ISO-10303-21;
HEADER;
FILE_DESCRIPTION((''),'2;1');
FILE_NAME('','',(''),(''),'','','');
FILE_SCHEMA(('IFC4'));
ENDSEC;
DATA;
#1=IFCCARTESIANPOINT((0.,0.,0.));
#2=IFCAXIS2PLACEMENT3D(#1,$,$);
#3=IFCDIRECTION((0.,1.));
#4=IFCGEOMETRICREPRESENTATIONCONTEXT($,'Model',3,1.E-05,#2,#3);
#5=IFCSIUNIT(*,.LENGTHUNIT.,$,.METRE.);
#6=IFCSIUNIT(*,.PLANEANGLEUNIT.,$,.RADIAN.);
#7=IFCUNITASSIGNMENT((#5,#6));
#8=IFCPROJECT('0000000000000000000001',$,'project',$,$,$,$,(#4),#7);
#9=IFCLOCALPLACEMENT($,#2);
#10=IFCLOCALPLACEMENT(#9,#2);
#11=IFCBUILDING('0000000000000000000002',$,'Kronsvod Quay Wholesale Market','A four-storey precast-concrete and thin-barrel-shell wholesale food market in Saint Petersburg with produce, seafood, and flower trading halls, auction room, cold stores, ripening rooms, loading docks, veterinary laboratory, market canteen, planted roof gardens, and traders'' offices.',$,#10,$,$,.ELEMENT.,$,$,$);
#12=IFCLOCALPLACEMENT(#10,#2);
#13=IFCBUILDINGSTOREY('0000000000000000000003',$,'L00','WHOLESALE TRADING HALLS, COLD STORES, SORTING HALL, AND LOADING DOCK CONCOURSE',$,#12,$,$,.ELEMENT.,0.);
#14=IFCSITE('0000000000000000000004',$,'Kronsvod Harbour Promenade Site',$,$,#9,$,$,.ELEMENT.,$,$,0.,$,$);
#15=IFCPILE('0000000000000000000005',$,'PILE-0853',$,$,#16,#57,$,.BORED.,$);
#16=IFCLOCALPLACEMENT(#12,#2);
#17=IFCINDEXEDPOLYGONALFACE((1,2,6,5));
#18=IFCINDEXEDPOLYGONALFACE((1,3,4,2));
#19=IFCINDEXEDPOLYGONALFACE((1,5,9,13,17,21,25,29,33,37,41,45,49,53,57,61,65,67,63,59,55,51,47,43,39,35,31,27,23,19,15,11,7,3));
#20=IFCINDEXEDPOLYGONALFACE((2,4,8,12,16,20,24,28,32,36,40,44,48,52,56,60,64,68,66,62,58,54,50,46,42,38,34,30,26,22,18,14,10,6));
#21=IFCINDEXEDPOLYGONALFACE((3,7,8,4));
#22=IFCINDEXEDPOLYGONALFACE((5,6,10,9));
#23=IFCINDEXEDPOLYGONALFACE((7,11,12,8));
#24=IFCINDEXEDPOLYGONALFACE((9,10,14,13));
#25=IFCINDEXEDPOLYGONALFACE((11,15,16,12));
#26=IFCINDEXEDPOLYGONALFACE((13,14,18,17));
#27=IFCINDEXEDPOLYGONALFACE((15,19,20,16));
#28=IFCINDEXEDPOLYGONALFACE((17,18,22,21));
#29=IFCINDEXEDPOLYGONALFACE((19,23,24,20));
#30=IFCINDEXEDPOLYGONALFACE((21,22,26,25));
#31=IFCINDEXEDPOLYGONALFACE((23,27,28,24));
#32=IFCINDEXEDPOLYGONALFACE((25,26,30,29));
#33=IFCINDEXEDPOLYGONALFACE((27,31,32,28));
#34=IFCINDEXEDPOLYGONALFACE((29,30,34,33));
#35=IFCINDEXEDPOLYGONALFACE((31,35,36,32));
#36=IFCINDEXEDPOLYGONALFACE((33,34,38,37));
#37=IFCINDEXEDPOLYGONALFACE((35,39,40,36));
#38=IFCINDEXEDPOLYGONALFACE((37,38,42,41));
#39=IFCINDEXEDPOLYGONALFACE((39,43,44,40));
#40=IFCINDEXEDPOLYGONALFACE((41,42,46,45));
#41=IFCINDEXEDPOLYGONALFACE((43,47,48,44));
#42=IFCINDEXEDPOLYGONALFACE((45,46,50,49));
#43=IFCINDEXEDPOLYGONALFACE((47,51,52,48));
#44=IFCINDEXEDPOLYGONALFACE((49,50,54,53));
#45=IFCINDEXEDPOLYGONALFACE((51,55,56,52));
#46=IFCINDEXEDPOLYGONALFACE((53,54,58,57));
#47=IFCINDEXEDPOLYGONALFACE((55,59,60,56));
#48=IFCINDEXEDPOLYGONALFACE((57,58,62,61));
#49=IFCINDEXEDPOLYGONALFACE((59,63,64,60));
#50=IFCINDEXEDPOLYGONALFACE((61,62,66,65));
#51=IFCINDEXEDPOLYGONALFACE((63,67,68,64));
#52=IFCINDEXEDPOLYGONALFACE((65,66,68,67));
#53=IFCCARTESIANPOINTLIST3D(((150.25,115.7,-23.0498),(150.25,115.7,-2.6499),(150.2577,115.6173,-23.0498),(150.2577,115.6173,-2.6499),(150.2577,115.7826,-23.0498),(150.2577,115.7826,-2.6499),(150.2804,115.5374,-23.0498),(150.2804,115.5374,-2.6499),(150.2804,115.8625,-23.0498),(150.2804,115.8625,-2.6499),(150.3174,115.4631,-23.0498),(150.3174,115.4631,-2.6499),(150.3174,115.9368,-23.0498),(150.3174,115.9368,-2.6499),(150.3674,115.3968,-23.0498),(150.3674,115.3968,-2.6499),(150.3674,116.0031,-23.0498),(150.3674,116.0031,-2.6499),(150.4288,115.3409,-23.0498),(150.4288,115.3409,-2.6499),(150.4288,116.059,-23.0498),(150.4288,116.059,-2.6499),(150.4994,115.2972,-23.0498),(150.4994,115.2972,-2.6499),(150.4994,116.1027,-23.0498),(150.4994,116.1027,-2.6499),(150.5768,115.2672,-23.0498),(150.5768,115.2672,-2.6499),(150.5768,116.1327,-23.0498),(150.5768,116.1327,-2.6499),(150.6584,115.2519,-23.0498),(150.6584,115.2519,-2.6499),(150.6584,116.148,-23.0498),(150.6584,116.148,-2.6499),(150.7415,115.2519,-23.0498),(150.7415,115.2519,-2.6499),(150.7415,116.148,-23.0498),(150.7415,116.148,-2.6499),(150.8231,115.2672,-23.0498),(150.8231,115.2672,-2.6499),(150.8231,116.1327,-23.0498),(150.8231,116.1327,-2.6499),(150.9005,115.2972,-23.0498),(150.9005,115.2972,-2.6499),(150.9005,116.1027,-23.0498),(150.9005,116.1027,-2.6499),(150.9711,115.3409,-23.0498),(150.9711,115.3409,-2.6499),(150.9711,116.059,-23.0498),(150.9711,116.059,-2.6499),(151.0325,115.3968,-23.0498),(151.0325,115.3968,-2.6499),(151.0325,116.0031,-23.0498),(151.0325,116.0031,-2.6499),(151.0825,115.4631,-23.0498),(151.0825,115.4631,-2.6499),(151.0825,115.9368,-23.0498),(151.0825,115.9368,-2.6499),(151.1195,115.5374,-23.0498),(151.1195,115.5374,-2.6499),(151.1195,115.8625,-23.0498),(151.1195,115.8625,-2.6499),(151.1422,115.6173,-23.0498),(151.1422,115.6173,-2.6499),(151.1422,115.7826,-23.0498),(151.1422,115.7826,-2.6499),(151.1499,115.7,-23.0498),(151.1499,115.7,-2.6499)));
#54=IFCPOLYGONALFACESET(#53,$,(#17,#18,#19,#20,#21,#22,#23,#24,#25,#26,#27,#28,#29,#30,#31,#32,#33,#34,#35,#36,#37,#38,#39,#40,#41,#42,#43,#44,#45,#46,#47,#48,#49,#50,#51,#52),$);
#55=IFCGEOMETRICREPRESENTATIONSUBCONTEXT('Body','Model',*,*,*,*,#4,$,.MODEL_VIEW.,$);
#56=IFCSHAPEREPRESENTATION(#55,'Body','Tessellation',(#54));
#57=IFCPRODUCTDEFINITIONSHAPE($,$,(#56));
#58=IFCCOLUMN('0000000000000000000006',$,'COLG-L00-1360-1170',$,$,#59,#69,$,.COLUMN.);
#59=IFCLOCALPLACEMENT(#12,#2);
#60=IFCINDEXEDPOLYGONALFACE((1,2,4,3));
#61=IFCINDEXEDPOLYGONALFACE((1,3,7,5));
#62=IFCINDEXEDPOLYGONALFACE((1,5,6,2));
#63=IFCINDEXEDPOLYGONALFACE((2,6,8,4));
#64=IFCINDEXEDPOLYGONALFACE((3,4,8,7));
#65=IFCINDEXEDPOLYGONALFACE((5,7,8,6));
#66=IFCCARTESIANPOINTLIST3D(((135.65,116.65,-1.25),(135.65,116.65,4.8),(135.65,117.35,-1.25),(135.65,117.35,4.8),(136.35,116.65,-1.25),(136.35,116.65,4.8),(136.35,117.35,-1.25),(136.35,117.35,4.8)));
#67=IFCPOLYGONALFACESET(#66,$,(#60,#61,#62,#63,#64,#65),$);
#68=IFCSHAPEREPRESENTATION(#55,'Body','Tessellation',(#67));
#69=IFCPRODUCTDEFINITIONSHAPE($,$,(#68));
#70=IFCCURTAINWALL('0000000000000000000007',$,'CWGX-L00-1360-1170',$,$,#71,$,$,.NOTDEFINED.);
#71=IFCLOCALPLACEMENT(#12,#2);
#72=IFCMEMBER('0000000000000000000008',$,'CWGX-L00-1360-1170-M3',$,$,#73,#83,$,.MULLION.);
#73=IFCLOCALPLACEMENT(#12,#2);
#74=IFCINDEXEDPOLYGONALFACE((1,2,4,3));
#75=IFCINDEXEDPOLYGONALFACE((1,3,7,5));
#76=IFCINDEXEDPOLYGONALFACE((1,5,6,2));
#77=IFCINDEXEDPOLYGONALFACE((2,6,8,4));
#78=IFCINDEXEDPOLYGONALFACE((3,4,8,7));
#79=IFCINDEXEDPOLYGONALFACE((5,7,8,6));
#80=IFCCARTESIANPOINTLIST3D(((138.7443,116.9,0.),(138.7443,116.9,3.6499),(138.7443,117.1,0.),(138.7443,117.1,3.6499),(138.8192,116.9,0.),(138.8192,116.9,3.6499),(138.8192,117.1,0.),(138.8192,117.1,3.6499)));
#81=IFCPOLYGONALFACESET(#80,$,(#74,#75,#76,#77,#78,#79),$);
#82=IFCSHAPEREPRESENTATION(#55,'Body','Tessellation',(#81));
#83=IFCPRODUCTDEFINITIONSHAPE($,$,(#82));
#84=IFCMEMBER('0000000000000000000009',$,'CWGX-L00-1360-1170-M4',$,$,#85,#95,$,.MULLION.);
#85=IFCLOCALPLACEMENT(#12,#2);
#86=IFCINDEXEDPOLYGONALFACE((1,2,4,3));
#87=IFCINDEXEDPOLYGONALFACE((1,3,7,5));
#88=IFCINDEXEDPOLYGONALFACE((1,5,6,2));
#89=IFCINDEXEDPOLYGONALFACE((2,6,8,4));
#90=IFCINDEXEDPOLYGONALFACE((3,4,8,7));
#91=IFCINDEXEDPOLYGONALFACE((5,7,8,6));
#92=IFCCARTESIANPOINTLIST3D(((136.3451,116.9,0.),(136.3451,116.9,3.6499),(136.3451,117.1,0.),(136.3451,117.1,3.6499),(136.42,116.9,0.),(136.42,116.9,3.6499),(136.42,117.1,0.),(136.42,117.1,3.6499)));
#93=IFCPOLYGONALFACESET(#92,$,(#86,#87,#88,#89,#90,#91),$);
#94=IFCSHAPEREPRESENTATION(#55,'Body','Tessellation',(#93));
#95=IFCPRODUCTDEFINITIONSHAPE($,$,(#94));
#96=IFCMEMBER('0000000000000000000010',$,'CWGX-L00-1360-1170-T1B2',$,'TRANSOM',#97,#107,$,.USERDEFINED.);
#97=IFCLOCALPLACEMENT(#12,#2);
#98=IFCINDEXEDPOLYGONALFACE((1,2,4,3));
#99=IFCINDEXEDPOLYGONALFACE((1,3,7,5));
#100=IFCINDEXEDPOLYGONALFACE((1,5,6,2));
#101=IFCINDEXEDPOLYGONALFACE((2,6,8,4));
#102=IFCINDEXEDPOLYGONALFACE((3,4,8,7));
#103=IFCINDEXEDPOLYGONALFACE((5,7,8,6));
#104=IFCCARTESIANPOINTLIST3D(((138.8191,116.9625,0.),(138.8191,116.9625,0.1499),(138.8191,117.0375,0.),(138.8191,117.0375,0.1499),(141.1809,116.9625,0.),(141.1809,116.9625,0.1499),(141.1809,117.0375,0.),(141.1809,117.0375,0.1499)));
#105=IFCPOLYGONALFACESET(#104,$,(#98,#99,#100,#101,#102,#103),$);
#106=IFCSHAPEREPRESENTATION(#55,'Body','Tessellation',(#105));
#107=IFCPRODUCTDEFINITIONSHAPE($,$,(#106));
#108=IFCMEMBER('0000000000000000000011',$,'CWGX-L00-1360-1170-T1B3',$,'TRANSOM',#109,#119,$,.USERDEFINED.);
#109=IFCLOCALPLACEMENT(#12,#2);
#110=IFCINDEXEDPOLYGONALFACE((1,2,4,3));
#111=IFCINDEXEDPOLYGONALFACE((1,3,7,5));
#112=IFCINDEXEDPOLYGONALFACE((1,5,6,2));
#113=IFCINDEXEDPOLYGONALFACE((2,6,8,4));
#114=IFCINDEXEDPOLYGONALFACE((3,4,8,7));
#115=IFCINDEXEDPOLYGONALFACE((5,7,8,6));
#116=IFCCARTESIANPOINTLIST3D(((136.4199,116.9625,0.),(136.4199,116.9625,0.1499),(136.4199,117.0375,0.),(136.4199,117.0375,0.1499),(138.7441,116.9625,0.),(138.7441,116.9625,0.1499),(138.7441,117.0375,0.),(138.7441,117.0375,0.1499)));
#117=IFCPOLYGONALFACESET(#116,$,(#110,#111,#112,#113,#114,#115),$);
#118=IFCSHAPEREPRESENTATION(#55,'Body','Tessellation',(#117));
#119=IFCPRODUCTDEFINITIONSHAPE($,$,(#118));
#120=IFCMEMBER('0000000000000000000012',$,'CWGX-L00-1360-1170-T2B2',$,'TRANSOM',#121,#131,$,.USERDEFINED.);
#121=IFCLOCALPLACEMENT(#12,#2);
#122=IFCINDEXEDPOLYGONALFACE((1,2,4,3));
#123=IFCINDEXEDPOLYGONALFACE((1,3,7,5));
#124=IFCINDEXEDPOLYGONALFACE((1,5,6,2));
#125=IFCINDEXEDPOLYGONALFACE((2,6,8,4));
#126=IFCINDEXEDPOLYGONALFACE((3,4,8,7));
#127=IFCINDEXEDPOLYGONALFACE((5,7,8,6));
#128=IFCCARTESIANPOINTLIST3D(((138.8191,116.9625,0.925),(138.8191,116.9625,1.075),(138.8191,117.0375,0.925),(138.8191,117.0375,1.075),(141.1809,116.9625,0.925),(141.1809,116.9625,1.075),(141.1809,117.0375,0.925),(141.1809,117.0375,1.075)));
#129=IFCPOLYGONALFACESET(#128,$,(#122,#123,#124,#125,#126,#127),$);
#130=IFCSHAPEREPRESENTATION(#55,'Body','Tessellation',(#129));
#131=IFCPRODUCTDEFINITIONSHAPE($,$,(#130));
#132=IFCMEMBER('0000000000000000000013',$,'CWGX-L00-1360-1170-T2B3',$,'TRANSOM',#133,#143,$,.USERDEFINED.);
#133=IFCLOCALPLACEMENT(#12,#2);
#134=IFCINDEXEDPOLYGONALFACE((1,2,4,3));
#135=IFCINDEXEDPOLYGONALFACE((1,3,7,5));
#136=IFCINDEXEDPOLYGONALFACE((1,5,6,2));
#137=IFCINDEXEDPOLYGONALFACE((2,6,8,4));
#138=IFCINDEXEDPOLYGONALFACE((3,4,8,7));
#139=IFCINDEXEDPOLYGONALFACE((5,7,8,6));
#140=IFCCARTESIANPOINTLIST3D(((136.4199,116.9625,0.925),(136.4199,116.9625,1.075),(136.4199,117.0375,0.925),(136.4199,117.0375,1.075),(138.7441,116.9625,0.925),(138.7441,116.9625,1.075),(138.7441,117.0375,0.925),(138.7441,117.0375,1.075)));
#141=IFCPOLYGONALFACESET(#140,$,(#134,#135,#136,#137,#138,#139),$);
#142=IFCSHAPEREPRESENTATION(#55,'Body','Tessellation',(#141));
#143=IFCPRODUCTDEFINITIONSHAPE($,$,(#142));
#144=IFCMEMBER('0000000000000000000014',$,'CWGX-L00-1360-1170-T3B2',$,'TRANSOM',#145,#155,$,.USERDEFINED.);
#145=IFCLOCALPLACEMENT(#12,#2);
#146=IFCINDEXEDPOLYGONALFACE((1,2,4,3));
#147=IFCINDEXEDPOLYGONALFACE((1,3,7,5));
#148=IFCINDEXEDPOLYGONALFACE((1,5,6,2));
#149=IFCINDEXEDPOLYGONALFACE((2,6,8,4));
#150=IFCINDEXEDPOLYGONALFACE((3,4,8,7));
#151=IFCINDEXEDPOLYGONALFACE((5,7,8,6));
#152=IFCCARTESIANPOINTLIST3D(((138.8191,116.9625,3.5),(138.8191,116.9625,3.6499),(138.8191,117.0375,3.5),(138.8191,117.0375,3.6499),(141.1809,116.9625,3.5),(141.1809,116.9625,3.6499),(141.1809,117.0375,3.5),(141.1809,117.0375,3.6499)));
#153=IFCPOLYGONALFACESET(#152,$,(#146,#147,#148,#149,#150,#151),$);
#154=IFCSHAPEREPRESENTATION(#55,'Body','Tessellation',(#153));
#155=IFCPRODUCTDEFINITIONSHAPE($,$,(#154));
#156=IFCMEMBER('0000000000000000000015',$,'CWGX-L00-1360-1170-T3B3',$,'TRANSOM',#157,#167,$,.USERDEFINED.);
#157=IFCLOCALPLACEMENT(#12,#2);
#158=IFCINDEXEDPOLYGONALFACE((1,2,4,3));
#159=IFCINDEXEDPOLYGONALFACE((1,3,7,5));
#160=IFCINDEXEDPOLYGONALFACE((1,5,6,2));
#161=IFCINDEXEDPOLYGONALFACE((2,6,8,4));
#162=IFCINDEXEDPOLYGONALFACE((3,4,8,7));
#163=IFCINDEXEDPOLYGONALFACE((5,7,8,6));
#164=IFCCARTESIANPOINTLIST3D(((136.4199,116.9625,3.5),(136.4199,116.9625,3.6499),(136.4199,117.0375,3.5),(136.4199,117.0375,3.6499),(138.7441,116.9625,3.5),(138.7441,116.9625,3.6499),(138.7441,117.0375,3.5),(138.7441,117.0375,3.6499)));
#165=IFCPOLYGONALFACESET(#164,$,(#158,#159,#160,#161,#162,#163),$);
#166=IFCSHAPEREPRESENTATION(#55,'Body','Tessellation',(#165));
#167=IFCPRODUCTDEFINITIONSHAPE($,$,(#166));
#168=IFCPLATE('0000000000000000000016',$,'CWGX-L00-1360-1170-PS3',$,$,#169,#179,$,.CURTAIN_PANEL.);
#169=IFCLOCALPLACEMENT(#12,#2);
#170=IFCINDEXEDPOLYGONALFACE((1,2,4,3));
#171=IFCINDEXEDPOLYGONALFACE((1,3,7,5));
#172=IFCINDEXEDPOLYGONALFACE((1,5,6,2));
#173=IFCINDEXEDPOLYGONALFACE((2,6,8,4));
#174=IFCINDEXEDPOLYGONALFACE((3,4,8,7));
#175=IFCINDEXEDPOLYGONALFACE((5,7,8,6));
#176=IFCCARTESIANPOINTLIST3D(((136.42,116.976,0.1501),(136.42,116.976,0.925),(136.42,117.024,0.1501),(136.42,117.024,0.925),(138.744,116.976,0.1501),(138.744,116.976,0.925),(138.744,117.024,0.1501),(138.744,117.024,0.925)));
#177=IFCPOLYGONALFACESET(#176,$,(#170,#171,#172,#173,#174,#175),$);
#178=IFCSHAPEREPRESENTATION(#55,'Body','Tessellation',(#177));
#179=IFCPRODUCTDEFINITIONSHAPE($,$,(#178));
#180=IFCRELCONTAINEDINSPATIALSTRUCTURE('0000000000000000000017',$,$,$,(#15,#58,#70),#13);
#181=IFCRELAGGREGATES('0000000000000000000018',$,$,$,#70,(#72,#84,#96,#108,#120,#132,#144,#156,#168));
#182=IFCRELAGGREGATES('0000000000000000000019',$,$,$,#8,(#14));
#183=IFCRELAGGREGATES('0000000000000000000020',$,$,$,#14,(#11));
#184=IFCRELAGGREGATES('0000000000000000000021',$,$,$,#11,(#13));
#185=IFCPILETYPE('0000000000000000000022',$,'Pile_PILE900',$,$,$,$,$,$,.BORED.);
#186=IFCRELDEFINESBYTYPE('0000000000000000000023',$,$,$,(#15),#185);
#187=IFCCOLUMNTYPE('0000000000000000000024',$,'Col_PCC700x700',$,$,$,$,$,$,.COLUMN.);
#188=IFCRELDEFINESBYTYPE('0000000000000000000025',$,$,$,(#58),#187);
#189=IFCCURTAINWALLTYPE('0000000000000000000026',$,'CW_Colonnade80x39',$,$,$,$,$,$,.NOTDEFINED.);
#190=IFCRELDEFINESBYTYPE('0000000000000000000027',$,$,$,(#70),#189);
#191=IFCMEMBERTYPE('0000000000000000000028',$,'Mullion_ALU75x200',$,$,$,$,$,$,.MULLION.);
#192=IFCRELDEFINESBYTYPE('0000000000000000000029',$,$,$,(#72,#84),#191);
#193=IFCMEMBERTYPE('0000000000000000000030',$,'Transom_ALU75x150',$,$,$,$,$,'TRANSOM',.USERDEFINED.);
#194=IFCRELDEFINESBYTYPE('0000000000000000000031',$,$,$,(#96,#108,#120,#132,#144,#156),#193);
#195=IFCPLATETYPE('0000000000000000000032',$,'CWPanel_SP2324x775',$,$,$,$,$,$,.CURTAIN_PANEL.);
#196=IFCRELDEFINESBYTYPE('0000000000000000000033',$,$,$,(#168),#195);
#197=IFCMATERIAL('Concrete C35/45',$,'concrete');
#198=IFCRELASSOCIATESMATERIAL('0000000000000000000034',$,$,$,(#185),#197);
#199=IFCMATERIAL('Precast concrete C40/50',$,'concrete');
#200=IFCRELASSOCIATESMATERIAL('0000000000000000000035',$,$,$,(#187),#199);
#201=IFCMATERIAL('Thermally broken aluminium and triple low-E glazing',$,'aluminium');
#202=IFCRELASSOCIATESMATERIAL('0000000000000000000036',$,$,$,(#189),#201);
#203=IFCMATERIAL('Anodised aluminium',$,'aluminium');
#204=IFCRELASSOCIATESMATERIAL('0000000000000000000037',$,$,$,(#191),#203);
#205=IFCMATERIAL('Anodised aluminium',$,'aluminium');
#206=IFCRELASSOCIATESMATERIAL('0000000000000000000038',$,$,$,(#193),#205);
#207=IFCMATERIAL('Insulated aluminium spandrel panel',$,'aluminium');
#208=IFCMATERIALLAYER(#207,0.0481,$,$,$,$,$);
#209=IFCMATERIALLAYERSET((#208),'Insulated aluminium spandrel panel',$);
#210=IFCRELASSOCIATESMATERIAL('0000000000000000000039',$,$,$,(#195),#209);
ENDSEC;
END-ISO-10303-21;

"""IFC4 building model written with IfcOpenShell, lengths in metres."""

from ifc_helpers import new_model, si_unit, direction, frame, origin, origin_2d, place, context, subcontext, project, spatial, rectangle, circle, extrude, material, layer, layer_set, material_profile, profile_set, type_object, element, aggregate, save


model = new_model("IFC4")

# Units and contexts
model_context = context("Model", 3, precision=1e-05, world=origin(), true_north=direction((0.0, 1.0)))
body_context = subcontext(model_context, "Body", "Model", "MODEL_VIEW")
ifc_project = project(units=[si_unit("LENGTHUNIT", "METRE"), si_unit("PLANEANGLEUNIT", "RADIAN")], contexts=[model_context])

# Site, building, storey
site_placement = place(None, origin())
site = spatial("IfcSite", under=ifc_project, at=site_placement, Name="Kronsvod Harbour Promenade Site", CompositionType="ELEMENT", RefElevation=0.0)
building_placement = place(site_placement, origin())
building = spatial("IfcBuilding", under=site, at=building_placement, Name="Kronsvod Quay Wholesale Market", Description="A four-storey precast-concrete and thin-barrel-shell wholesale food market in Saint Petersburg with produce, seafood, and flower trading halls, auction room, cold stores, ripening rooms, loading docks, veterinary laboratory, market canteen, planted roof gardens, and traders' offices.", CompositionType="ELEMENT")
storey_placement = place(building_placement, origin())
storey = spatial("IfcBuildingStorey", under=building, at=storey_placement, Name="L00", Description="WHOLESALE TRADING HALLS, COLD STORES, SORTING HALL, AND LOADING DOCK CONCOURSE", CompositionType="ELEMENT", Elevation=0.0)

# Pile
ifc_material_1 = material(Name="Concrete C35/45", Category="concrete")
ifc_material_profile_1 = material_profile(ifc_material_1, circle(Radius=0.45, at=origin_2d()), Name="PILE900")
ifc_profile_set_1 = profile_set([ifc_material_profile_1], Name="Concrete C35/45")
pile_type = type_object("IfcPileType", Name="Pile_PILE900", PredefinedType="BORED", material=ifc_profile_set_1)
for number, where, z_axis, x_axis, name in (
    (1, (150.7, 115.7, -2.6499), (0.0, 0.0, -1.0), (1.0, 0.0, 0.0), "PILE-0853"),
):
    element("IfcPile", number, at=place(storey_placement, frame(where, z_axis=z_axis, x_axis=x_axis)), inside=storey, type_object=pile_type, Name=name, PredefinedType="BORED", context=body_context, shape_type="SweptSolid", body=[
        extrude(circle(Radius=0.45, at=origin_2d()), origin(), (0.0, 0.0, 1.0), 20.3999),
    ])

# Column
ifc_material_2 = material(Name="Precast concrete C40/50", Category="concrete")
ifc_material_profile_2 = material_profile(ifc_material_2, rectangle(XDim=0.7, YDim=0.7, at=origin_2d()), Name="PCC700x700")
ifc_profile_set_2 = profile_set([ifc_material_profile_2], Name="Precast concrete C40/50")
column_type = type_object("IfcColumnType", Name="Col_PCC700x700", PredefinedType="COLUMN", material=ifc_profile_set_2)
column_placement = place(storey_placement, frame((136.0, 117.0, -1.25), z_axis=(0.0, 0.0, 1.0), x_axis=(1.0, 0.0, 0.0)))
element("IfcColumn", 2, at=column_placement, inside=storey, type_object=column_type, Name="COLG-L00-1360-1170", PredefinedType="COLUMN", context=body_context, shape_type="SweptSolid", body=[
    extrude(rectangle(XDim=0.7, YDim=0.7, at=origin_2d()), origin(), (0.0, 0.0, 1.0), 6.05),
])

# Curtain wall, members, plate
ifc_material_3 = material(Name="Thermally broken aluminium and triple low-E glazing", Category="aluminium")
curtain_wall_type = type_object("IfcCurtainWallType", Name="CW_Colonnade80x39", PredefinedType="NOTDEFINED", material=ifc_material_3)
curtain_wall_placement = place(storey_placement, origin())
curtain_wall = element("IfcCurtainWall", 3, at=curtain_wall_placement, inside=storey, type_object=curtain_wall_type, Name="CWGX-L00-1360-1170", PredefinedType="NOTDEFINED")
ifc_material_4 = material(Name="Anodised aluminium", Category="aluminium")
ifc_material_profile_3 = material_profile(ifc_material_4, rectangle(XDim=0.075, YDim=0.2, at=origin_2d()), Name="ALUM75x200")
ifc_profile_set_3 = profile_set([ifc_material_profile_3], Name="Anodised aluminium")
member_type_1 = type_object("IfcMemberType", Name="Mullion_ALU75x200", PredefinedType="MULLION", material=ifc_profile_set_3)
member_1_placement = place(storey_placement, frame((138.7817, 117.0, 0.0), z_axis=(0.0, 0.0, 1.0), x_axis=(1.0, 0.0, 0.0)))
member_1 = element("IfcMember", 4, at=member_1_placement, type_object=member_type_1, Name="CWGX-L00-1360-1170-M3", PredefinedType="MULLION", context=body_context, shape_type="SweptSolid", body=[
    extrude(rectangle(XDim=0.075, YDim=0.2, at=origin_2d()), origin(), (0.0, 0.0, 1.0), 3.6499),
])
member_2_placement = place(storey_placement, frame((136.3826, 117.0, 0.0), z_axis=(0.0, 0.0, 1.0), x_axis=(1.0, 0.0, 0.0)))
member_2 = element("IfcMember", 5, at=member_2_placement, type_object=member_type_1, Name="CWGX-L00-1360-1170-M4", PredefinedType="MULLION", context=body_context, shape_type="SweptSolid", body=[
    extrude(rectangle(XDim=0.075, YDim=0.2, at=origin_2d()), origin(), (0.0, 0.0, 1.0), 3.6499),
])
ifc_material_5 = material(Name="Anodised aluminium", Category="aluminium")
ifc_material_profile_4 = material_profile(ifc_material_5, rectangle(XDim=0.075, YDim=0.1499, at=origin_2d()), Name="ALUT75x150")
ifc_profile_set_4 = profile_set([ifc_material_profile_4], Name="Anodised aluminium")
member_type_2 = type_object("IfcMemberType", Name="Transom_ALU75x150", ElementType="TRANSOM", PredefinedType="USERDEFINED", material=ifc_profile_set_4)
member_3_placement = place(storey_placement, frame((141.1809, 117.0, 0.075), z_axis=(-1.0, 0.0, 0.0), x_axis=(0.0, -1.0, 0.0)))
member_3 = element("IfcMember", 6, at=member_3_placement, type_object=member_type_2, Name="CWGX-L00-1360-1170-T1B2", ObjectType="TRANSOM", PredefinedType="USERDEFINED", context=body_context, shape_type="SweptSolid", body=[
    extrude(rectangle(XDim=0.075, YDim=0.1499, at=origin_2d()), origin(), (0.0, 0.0, 1.0), 2.3618),
])
member_4_placement = place(storey_placement, frame((138.7441, 117.0, 0.075), z_axis=(-1.0, 0.0, 0.0), x_axis=(0.0, -1.0, 0.0)))
member_4 = element("IfcMember", 7, at=member_4_placement, type_object=member_type_2, Name="CWGX-L00-1360-1170-T1B3", ObjectType="TRANSOM", PredefinedType="USERDEFINED", context=body_context, shape_type="SweptSolid", body=[
    extrude(rectangle(XDim=0.075, YDim=0.1499, at=origin_2d()), origin(), (0.0, 0.0, 1.0), 2.3242),
])
member_5_placement = place(storey_placement, frame((141.1809, 117.0, 1.0), z_axis=(-1.0, 0.0, 0.0), x_axis=(0.0, -1.0, 0.0)))
member_5 = element("IfcMember", 8, at=member_5_placement, type_object=member_type_2, Name="CWGX-L00-1360-1170-T2B2", ObjectType="TRANSOM", PredefinedType="USERDEFINED", context=body_context, shape_type="SweptSolid", body=[
    extrude(rectangle(XDim=0.075, YDim=0.1499, at=origin_2d()), origin(), (0.0, 0.0, 1.0), 2.3618),
])
member_6_placement = place(storey_placement, frame((138.7441, 117.0, 1.0), z_axis=(-1.0, 0.0, 0.0), x_axis=(0.0, -1.0, 0.0)))
member_6 = element("IfcMember", 9, at=member_6_placement, type_object=member_type_2, Name="CWGX-L00-1360-1170-T2B3", ObjectType="TRANSOM", PredefinedType="USERDEFINED", context=body_context, shape_type="SweptSolid", body=[
    extrude(rectangle(XDim=0.075, YDim=0.1499, at=origin_2d()), origin(), (0.0, 0.0, 1.0), 2.3242),
])
member_7_placement = place(storey_placement, frame((141.1809, 117.0, 3.575), z_axis=(-1.0, 0.0, 0.0), x_axis=(0.0, -1.0, 0.0)))
member_7 = element("IfcMember", 10, at=member_7_placement, type_object=member_type_2, Name="CWGX-L00-1360-1170-T3B2", ObjectType="TRANSOM", PredefinedType="USERDEFINED", context=body_context, shape_type="SweptSolid", body=[
    extrude(rectangle(XDim=0.075, YDim=0.1499, at=origin_2d()), origin(), (0.0, 0.0, 1.0), 2.3618),
])
member_8_placement = place(storey_placement, frame((138.7441, 117.0, 3.575), z_axis=(-1.0, 0.0, 0.0), x_axis=(0.0, -1.0, 0.0)))
member_8 = element("IfcMember", 11, at=member_8_placement, type_object=member_type_2, Name="CWGX-L00-1360-1170-T3B3", ObjectType="TRANSOM", PredefinedType="USERDEFINED", context=body_context, shape_type="SweptSolid", body=[
    extrude(rectangle(XDim=0.075, YDim=0.1499, at=origin_2d()), origin(), (0.0, 0.0, 1.0), 2.3242),
])
ifc_material_6 = material(Name="Insulated aluminium spandrel panel", Category="aluminium")
ifc_layer_1 = layer(ifc_material_6, 0.0481)
ifc_layer_set_1 = layer_set([ifc_layer_1], Name="Insulated aluminium spandrel panel")
plate_type_1 = type_object("IfcPlateType", Name="CWPanel_SP2324x775", PredefinedType="CURTAIN_PANEL", material=ifc_layer_set_1)
plate_1_placement = place(storey_placement, frame((137.582, 117.0, 0.1501), z_axis=(0.0, 0.0, 1.0), x_axis=(-1.0, 0.0, 0.0)))
plate_1 = element("IfcPlate", 12, at=plate_1_placement, type_object=plate_type_1, Name="CWGX-L00-1360-1170-PS3", PredefinedType="CURTAIN_PANEL", context=body_context, shape_type="SweptSolid", body=[
    extrude(rectangle(XDim=2.324, YDim=0.0481, at=origin_2d()), origin(), (0.0, 0.0, 1.0), 0.7749),
])
aggregate(curtain_wall, [member_1, member_2, member_3, member_4, member_5, member_6, member_7, member_8, plate_1])

save(model, "model.ifc")
